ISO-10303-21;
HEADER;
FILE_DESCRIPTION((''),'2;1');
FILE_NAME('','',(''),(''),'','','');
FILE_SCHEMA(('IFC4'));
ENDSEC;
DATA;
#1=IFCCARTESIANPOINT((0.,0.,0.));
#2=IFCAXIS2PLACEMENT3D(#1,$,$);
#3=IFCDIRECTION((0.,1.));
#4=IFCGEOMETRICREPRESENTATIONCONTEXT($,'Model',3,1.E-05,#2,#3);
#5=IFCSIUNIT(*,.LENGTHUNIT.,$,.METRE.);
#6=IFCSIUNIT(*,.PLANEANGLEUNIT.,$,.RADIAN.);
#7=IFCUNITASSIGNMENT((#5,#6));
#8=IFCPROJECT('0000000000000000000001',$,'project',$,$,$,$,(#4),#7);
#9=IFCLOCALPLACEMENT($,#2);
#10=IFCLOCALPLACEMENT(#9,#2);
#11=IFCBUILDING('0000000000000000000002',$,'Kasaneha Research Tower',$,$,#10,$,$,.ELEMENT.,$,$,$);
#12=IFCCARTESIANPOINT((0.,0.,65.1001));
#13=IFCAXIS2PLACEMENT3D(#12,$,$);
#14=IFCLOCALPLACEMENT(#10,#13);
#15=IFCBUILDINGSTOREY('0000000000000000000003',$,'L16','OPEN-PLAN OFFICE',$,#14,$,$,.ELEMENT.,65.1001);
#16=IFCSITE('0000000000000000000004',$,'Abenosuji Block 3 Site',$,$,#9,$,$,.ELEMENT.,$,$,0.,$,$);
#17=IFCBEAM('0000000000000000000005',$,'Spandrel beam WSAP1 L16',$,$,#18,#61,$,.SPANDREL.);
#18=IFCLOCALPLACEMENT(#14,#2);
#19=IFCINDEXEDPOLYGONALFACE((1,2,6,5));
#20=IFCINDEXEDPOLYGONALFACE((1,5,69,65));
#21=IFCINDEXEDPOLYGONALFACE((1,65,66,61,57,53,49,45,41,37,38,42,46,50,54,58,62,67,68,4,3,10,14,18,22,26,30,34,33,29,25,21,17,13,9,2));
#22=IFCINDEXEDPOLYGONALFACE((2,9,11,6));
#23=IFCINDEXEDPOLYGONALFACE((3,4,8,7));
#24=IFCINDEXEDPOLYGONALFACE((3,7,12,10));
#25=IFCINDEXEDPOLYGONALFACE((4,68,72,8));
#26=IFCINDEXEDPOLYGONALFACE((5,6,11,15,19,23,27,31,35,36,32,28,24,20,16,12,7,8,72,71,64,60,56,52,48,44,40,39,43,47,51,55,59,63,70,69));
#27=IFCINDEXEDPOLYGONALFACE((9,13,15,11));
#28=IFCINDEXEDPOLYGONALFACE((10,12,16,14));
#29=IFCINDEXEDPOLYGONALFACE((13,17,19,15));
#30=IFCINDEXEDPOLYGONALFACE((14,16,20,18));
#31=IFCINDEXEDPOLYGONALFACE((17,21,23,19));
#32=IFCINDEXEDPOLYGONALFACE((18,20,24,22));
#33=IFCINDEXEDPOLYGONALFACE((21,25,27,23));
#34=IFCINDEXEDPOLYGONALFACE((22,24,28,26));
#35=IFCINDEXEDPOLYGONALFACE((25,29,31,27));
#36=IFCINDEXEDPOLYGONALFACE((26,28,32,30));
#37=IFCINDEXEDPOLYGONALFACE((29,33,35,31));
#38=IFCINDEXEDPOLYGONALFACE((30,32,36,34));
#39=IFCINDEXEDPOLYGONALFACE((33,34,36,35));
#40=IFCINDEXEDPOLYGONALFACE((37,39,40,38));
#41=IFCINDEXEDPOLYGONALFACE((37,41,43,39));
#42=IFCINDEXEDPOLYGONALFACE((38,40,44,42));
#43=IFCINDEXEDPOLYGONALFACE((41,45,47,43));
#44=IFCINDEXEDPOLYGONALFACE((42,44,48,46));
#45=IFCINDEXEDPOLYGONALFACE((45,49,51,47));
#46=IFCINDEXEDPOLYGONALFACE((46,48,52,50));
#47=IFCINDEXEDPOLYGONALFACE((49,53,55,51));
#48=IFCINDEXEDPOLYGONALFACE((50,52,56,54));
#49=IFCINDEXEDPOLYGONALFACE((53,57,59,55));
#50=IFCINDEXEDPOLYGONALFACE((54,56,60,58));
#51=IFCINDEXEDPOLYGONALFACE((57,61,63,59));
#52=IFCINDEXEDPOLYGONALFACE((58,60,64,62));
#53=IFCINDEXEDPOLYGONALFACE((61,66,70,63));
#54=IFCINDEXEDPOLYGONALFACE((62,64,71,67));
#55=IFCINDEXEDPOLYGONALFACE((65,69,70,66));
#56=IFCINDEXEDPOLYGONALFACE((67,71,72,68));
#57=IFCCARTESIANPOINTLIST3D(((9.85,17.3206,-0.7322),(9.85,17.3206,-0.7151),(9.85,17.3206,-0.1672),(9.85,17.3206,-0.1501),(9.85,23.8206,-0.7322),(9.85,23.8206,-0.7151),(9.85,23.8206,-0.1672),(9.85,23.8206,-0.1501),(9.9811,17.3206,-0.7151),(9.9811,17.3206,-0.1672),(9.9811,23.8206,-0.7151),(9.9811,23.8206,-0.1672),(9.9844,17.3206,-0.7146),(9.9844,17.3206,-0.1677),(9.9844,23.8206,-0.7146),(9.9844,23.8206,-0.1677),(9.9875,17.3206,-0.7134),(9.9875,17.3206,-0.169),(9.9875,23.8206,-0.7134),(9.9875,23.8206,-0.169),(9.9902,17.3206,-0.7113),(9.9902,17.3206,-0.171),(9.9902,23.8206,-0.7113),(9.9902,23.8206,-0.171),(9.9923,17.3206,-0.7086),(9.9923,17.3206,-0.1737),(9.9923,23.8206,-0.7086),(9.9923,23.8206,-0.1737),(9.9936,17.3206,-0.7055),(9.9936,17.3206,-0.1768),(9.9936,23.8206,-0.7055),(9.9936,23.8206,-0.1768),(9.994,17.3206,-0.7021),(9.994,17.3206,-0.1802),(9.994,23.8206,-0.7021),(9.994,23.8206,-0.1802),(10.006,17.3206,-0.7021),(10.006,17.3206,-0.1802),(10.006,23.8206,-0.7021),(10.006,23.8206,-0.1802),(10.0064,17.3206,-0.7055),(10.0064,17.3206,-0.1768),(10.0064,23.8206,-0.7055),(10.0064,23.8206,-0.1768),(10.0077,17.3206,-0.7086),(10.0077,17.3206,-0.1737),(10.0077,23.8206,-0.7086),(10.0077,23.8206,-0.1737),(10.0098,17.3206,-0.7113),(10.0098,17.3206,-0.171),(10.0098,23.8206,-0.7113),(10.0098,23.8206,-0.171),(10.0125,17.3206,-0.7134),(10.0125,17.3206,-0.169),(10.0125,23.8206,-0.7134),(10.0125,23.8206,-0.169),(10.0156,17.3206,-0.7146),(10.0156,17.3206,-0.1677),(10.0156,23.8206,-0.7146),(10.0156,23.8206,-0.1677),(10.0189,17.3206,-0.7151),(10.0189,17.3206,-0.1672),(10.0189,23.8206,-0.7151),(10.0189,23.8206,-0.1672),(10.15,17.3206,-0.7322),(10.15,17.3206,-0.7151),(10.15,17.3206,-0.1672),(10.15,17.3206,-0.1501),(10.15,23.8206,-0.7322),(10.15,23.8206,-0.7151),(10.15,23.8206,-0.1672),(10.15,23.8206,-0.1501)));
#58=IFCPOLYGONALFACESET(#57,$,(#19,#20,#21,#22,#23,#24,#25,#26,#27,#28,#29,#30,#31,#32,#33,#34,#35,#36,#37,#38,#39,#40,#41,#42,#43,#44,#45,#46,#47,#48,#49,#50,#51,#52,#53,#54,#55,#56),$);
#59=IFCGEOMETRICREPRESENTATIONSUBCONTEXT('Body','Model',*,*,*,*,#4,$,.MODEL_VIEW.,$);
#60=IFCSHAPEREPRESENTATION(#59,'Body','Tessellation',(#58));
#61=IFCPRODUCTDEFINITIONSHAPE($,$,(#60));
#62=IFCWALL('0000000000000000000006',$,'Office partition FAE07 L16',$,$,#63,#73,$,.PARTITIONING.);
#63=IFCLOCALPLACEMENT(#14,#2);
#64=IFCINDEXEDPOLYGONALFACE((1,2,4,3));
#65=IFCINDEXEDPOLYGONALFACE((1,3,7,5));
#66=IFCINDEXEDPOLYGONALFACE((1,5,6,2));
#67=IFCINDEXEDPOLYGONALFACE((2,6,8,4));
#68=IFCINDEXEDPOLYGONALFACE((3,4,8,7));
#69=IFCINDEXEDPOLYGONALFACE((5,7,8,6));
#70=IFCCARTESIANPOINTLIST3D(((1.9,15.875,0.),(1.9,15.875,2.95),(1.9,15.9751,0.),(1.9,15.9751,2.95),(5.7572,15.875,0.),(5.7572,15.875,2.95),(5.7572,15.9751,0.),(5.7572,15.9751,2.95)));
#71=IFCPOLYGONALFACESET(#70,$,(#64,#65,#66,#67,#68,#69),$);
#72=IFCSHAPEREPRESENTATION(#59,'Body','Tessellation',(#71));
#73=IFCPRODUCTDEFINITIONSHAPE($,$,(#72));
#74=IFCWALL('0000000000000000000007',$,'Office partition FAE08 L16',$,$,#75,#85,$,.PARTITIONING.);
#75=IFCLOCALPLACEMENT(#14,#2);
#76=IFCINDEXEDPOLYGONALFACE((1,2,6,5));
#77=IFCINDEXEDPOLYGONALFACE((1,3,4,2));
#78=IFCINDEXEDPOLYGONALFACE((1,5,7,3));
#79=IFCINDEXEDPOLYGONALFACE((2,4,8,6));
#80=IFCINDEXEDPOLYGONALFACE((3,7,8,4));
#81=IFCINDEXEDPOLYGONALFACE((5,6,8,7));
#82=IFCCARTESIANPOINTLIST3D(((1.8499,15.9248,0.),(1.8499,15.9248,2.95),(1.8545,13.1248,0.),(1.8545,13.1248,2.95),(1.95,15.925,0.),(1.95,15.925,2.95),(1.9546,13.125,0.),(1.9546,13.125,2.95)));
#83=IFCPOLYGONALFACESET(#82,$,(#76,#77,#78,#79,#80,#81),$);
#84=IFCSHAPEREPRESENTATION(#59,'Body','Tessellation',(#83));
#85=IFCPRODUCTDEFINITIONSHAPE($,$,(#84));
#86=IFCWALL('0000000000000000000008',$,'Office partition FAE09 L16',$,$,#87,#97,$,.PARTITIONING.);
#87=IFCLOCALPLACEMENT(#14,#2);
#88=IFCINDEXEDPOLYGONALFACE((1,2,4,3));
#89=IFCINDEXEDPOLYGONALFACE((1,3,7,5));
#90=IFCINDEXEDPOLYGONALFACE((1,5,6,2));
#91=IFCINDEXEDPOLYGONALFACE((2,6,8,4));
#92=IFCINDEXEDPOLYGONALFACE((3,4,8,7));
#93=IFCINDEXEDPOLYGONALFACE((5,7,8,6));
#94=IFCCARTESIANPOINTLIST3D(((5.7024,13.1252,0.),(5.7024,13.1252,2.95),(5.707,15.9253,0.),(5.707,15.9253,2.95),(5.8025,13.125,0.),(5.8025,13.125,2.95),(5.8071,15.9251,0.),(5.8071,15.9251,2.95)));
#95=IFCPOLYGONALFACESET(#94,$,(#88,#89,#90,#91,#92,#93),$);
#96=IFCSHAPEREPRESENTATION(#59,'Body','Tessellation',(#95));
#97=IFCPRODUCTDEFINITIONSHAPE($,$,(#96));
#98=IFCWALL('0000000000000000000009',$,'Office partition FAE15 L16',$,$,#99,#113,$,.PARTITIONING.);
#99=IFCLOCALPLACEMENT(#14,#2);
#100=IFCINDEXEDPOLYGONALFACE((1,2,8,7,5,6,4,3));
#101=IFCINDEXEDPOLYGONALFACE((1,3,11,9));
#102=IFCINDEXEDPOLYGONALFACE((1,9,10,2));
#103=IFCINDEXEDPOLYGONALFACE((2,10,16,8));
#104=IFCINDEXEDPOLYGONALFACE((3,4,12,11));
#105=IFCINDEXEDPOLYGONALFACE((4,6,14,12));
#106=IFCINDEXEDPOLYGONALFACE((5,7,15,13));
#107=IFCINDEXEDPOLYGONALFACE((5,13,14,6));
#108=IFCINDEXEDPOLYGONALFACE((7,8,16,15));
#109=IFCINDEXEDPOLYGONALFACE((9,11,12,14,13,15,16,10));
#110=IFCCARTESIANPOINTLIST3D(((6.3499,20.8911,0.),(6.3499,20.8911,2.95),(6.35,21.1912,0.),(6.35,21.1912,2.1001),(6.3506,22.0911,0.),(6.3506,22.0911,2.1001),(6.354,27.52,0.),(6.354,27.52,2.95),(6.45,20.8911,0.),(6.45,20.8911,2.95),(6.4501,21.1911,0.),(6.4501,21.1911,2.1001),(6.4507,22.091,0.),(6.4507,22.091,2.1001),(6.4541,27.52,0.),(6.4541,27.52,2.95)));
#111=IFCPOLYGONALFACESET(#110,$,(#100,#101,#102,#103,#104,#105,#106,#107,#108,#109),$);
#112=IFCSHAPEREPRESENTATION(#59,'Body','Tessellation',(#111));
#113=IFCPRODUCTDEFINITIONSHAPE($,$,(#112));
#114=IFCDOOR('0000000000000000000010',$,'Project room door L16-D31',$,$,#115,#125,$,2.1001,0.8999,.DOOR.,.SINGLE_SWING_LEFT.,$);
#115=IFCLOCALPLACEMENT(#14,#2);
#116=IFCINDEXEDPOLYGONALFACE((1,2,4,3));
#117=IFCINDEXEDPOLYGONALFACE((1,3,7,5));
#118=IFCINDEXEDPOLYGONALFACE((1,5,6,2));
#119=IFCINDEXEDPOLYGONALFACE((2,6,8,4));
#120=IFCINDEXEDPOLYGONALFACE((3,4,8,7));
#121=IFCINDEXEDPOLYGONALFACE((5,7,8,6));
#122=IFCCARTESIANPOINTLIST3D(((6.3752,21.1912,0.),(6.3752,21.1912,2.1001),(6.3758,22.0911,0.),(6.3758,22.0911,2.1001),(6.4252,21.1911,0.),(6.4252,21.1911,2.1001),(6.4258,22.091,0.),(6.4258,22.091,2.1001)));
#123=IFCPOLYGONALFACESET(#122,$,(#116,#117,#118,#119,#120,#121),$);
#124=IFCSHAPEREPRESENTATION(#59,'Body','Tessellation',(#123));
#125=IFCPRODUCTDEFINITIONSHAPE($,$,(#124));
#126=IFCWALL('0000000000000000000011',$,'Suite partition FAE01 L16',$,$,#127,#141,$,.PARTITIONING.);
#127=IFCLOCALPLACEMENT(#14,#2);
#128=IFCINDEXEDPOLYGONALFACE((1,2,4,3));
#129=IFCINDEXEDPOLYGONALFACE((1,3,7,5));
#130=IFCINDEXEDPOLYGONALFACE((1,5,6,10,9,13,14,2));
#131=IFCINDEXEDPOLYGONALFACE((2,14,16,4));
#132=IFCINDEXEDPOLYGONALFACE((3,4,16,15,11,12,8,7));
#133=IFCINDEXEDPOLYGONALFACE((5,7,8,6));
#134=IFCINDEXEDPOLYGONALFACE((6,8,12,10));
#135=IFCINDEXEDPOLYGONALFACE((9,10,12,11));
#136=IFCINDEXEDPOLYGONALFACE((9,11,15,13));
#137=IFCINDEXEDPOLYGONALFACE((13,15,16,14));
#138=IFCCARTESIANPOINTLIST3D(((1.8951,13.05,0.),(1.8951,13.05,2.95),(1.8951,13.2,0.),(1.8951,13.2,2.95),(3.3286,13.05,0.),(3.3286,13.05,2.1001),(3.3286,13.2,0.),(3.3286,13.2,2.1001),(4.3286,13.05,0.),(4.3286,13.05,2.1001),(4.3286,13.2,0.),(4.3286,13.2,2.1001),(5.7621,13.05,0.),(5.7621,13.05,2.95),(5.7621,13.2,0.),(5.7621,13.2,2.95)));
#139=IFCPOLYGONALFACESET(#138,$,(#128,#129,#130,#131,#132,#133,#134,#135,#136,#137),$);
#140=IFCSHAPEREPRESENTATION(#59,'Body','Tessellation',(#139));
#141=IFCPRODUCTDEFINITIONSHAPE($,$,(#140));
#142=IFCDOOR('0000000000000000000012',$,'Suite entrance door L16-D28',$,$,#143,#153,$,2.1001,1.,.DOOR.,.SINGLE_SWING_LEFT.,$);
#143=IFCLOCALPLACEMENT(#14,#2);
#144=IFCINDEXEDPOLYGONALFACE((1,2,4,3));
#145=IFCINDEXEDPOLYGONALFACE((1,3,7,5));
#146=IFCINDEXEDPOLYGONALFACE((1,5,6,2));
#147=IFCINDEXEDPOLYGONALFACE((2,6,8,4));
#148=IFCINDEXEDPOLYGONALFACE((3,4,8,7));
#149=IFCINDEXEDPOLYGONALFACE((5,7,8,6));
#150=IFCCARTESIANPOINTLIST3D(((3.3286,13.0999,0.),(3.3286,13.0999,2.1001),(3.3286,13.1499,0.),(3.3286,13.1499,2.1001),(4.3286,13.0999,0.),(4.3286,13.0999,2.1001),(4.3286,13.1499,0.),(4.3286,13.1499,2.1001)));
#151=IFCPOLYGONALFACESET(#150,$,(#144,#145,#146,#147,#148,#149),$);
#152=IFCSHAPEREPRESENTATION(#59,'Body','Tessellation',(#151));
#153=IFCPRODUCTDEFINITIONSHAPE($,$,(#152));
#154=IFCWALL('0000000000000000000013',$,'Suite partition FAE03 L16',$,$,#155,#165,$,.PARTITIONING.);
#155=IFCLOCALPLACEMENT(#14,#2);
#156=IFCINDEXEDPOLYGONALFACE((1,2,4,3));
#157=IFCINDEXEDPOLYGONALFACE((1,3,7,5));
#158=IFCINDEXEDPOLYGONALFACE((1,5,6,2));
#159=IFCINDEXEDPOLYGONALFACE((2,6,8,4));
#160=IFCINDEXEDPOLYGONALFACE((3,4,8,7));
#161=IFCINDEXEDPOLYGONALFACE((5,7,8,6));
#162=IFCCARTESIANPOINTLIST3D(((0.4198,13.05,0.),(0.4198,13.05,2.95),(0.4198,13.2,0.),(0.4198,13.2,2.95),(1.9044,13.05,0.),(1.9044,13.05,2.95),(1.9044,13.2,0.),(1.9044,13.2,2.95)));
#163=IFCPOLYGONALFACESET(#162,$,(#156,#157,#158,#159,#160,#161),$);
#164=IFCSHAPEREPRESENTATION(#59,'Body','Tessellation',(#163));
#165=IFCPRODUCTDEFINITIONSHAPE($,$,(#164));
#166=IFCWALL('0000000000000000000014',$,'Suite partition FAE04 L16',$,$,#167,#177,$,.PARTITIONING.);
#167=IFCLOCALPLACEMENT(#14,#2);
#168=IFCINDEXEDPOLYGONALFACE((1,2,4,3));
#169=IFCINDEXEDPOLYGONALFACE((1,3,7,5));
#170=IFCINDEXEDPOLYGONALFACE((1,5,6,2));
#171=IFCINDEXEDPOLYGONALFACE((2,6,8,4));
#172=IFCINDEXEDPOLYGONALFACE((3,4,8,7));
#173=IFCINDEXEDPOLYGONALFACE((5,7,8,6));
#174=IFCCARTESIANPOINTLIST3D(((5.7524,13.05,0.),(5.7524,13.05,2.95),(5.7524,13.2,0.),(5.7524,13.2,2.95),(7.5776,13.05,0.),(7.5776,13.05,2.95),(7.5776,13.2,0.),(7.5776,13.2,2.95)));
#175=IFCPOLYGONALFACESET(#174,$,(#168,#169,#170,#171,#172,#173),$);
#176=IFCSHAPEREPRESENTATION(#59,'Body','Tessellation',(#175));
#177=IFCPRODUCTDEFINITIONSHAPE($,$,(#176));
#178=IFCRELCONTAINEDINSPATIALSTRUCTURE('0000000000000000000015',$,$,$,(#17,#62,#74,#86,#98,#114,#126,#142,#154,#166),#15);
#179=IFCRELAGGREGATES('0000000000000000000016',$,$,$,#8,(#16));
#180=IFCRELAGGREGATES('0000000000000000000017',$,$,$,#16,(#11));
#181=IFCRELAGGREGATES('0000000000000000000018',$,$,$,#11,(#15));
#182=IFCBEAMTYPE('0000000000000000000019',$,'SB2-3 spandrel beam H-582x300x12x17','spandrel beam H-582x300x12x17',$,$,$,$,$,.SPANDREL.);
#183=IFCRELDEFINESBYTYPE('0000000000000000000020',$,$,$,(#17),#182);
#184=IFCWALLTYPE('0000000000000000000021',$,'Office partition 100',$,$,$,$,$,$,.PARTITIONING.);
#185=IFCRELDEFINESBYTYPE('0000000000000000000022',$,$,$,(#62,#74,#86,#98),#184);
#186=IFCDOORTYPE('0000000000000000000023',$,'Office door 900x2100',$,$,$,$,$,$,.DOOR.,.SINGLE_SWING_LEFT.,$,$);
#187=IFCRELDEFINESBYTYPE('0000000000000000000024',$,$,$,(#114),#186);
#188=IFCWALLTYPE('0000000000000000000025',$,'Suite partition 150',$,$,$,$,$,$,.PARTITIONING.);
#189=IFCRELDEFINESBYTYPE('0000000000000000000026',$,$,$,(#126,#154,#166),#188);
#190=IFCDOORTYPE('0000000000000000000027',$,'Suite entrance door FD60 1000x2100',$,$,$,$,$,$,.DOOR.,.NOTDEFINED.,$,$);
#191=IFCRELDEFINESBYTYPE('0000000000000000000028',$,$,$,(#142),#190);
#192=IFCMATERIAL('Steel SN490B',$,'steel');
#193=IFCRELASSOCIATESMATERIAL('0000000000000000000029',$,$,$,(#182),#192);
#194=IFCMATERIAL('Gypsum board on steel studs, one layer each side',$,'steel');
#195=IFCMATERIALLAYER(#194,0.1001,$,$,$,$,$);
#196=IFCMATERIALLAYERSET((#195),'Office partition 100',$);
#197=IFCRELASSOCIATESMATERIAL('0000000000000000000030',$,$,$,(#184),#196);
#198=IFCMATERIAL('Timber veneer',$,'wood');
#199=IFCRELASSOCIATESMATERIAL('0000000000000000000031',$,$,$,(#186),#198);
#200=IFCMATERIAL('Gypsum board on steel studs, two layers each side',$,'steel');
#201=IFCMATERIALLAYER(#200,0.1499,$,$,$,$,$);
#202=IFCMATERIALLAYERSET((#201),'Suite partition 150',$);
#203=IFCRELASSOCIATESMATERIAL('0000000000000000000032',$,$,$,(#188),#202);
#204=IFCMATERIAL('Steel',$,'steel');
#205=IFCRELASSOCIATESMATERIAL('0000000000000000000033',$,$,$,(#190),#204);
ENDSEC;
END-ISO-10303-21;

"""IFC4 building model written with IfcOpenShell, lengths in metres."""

from ifc_helpers import new_model, si_unit, direction, frame, frame_2d, origin, origin_2d, place, context, subcontext, project, spatial, rectangle, i_section, extrude, material, layer, layer_set, material_profile, profile_set, type_object, element, fill, save


model = new_model("IFC4")

# Units and contexts
model_context = context("Model", 3, precision=1e-05, world=origin(), true_north=direction((0.0, 1.0)))
body_context = subcontext(model_context, "Body", "Model", "MODEL_VIEW")
ifc_project = project(units=[si_unit("LENGTHUNIT", "METRE"), si_unit("PLANEANGLEUNIT", "RADIAN")], contexts=[model_context])

# Site, building, storey
site_placement = place(None, origin())
site = spatial("IfcSite", under=ifc_project, at=site_placement, Name="Abenosuji Block 3 Site", CompositionType="ELEMENT", RefElevation=0.0)
building_placement = place(site_placement, origin())
building = spatial("IfcBuilding", under=site, at=building_placement, Name="Kasaneha Research Tower", CompositionType="ELEMENT")
storey_placement = place(building_placement, frame((0.0, 0.0, 65.1001)))
storey = spatial("IfcBuildingStorey", under=building, at=storey_placement, Name="L16", Description="OPEN-PLAN OFFICE", CompositionType="ELEMENT", Elevation=65.1001)

# Beam
ifc_material_1 = material(Name="Steel SN490B", Category="steel")
ifc_material_profile_1 = material_profile(ifc_material_1, i_section(OverallWidth=0.3, OverallDepth=0.582, WebThickness=0.012, FlangeThickness=0.0171, FilletRadius=0.0129, at=origin_2d()), Name="H-582x300x12x17")
ifc_profile_set_1 = profile_set([ifc_material_profile_1], Name="Steel SN490B")
beam_type_1 = type_object("IfcBeamType", Name="SB2-3 spandrel beam H-582x300x12x17", Description="spandrel beam H-582x300x12x17", PredefinedType="SPANDREL", material=ifc_profile_set_1)
beam_1_placement = place(storey_placement, frame((10.0, 17.3206, -0.4412), z_axis=(0.0, 1.0, 0.0), x_axis=(-1.0, 0.0, 0.0)))
element("IfcBeam", 1, at=beam_1_placement, inside=storey, type_object=beam_type_1, Name="Spandrel beam WSAP1 L16", PredefinedType="SPANDREL", context=body_context, shape_type="SweptSolid", body=[
    extrude(i_section(OverallWidth=0.3, OverallDepth=0.582, WebThickness=0.012, FlangeThickness=0.0171, FilletRadius=0.0129, at=origin_2d()), origin(), (0.0, 0.0, 1.0), 6.5),
])

# Walls
ifc_material_2 = material(Name="Gypsum board on steel studs, one layer each side", Category="steel")
ifc_layer_1 = layer(ifc_material_2, 0.1001)
ifc_layer_set_1 = layer_set([ifc_layer_1], Name="Office partition 100")
wall_type_1 = type_object("IfcWallType", Name="Office partition 100", PredefinedType="PARTITIONING", material=ifc_layer_set_1)
wall_1_placement = place(storey_placement, frame((1.8999, 15.925, 0.0), z_axis=(0.0, 0.0, 1.0), x_axis=(1.0, 0.0, 0.0)))
element("IfcWall", 2, at=wall_1_placement, inside=storey, type_object=wall_type_1, Name="Office partition FAE07 L16", PredefinedType="PARTITIONING", context=body_context, shape_type="SweptSolid", body=[
    extrude(rectangle(XDim=3.8572, YDim=0.1001, at=frame_2d((1.9287, 0.0))), origin(), (0.0, 0.0, 1.0), 2.95),
])
for number, where, z_axis, x_axis, name in (
    (3, (1.9045, 13.125, 0.0), (0.0, 0.0, 1.0), (-0.001657, 0.999999, 0.0), "Office partition FAE08 L16"),
    (4, (5.7571, 15.925, 0.0), (0.0, 0.0, 1.0), (-0.001657, -0.999999, 0.0), "Office partition FAE09 L16"),
):
    element("IfcWall", number, at=place(storey_placement, frame(where, z_axis=z_axis, x_axis=x_axis)), inside=storey, type_object=wall_type_1, Name=name, PredefinedType="PARTITIONING", context=body_context, shape_type="SweptSolid", body=[
        extrude(rectangle(XDim=2.8, YDim=0.1001, at=frame_2d((1.3999, 0.0))), origin(), (0.0, 0.0, 1.0), 2.95),
    ])

# Walls, openings, doors
wall_2_placement = place(storey_placement, frame((6.3999, 20.8911, 0.0), z_axis=(0.0, 0.0, 1.0), x_axis=(0.000626, 1.0, 0.0)))
wall_2 = element("IfcWall", 5, at=wall_2_placement, inside=storey, type_object=wall_type_1, Name="Office partition FAE15 L16", PredefinedType="PARTITIONING", context=body_context, shape_type="SweptSolid", body=[
    extrude(rectangle(XDim=6.6289, YDim=0.1001, at=frame_2d((3.3145, 0.0))), origin(), (0.0, 0.0, 1.0), 2.95),
])
opening_1_placement = place(wall_2_placement, frame((0.3, 0.0, 0.0)))
opening_1 = element("IfcOpeningElement", 6, at=opening_1_placement, cuts=wall_2, PredefinedType="OPENING", context=body_context, shape_type="SweptSolid", body=[
    extrude(rectangle(XDim=0.8999, YDim=2.1001, at=frame_2d((0.45, 1.05))), frame((0.0, 0.0601, 0.0), z_axis=(0.0, -1.0, 0.0), x_axis=(1.0, 0.0, 0.0)), (0.0, 0.0, 1.0), 0.1201),
])
ifc_material_3 = material(Name="Timber veneer", Category="wood")
door_type_1 = type_object("IfcDoorType", Name="Office door 900x2100", OperationType="SINGLE_SWING_LEFT", PredefinedType="DOOR", material=ifc_material_3)
door_1_placement = place(opening_1_placement, origin())
door_1 = element("IfcDoor", 7, at=door_1_placement, inside=storey, type_object=door_type_1, Name="Project room door L16-D31", OperationType="SINGLE_SWING_LEFT", OverallHeight=2.1001, OverallWidth=0.8999, PredefinedType="DOOR", context=body_context, shape_type="SweptSolid", body=[
    extrude(rectangle(XDim=0.8999, YDim=2.1001, at=frame_2d((0.45, 1.05))), frame((0.0, 0.0249, 0.0), z_axis=(0.0, -1.0, 0.0), x_axis=(1.0, 0.0, 0.0)), (0.0, 0.0, 1.0), 0.05),
])
fill(opening_1, door_1)
ifc_material_4 = material(Name="Gypsum board on steel studs, two layers each side", Category="steel")
ifc_layer_2 = layer(ifc_material_4, 0.1499)
ifc_layer_set_2 = layer_set([ifc_layer_2], Name="Suite partition 150")
wall_type_2 = type_object("IfcWallType", Name="Suite partition 150", PredefinedType="PARTITIONING", material=ifc_layer_set_2)
wall_3_placement = place(storey_placement, frame((1.895, 13.125, 0.0), z_axis=(0.0, 0.0, 1.0), x_axis=(1.0, 0.0, 0.0)))
wall_3 = element("IfcWall", 8, at=wall_3_placement, inside=storey, type_object=wall_type_2, Name="Suite partition FAE01 L16", PredefinedType="PARTITIONING", context=body_context, shape_type="SweptSolid", body=[
    extrude(rectangle(XDim=3.8669, YDim=0.1499, at=frame_2d((1.9336, 0.0))), origin(), (0.0, 0.0, 1.0), 2.95),
])
opening_2_placement = place(wall_3_placement, frame((1.4336, 0.0, 0.0)))
opening_2 = element("IfcOpeningElement", 9, at=opening_2_placement, cuts=wall_3, PredefinedType="OPENING", context=body_context, shape_type="SweptSolid", body=[
    extrude(rectangle(XDim=1.0, YDim=2.1001, at=frame_2d((0.5, 1.05))), frame((0.0, 0.085, 0.0), z_axis=(0.0, -1.0, 0.0), x_axis=(1.0, 0.0, 0.0)), (0.0, 0.0, 1.0), 0.1699),
])
ifc_material_5 = material(Name="Steel", Category="steel")
door_type_2 = type_object("IfcDoorType", Name="Suite entrance door FD60 1000x2100", OperationType="NOTDEFINED", PredefinedType="DOOR", material=ifc_material_5)
door_2_placement = place(opening_2_placement, origin())
door_2 = element("IfcDoor", 10, at=door_2_placement, inside=storey, type_object=door_type_2, Name="Suite entrance door L16-D28", OperationType="SINGLE_SWING_LEFT", OverallHeight=2.1001, OverallWidth=1.0, PredefinedType="DOOR", context=body_context, shape_type="SweptSolid", body=[
    extrude(rectangle(XDim=1.0, YDim=2.1001, at=frame_2d((0.5, 1.05))), frame((0.0, 0.0249, 0.0), z_axis=(0.0, -1.0, 0.0), x_axis=(1.0, 0.0, 0.0)), (0.0, 0.0, 1.0), 0.05),
])
fill(opening_2, door_2)

# Walls
wall_4_placement = place(storey_placement, frame((0.4199, 13.125, 0.0), z_axis=(0.0, 0.0, 1.0), x_axis=(1.0, 0.0, 0.0)))
element("IfcWall", 11, at=wall_4_placement, inside=storey, type_object=wall_type_2, Name="Suite partition FAE03 L16", PredefinedType="PARTITIONING", context=body_context, shape_type="SweptSolid", body=[
    extrude(rectangle(XDim=1.4846, YDim=0.1499, at=frame_2d((0.7422, 0.0))), origin(), (0.0, 0.0, 1.0), 2.95),
])
wall_5_placement = place(storey_placement, frame((5.7524, 13.125, 0.0), z_axis=(0.0, 0.0, 1.0), x_axis=(1.0, 0.0, 0.0)))
element("IfcWall", 12, at=wall_5_placement, inside=storey, type_object=wall_type_2, Name="Suite partition FAE04 L16", PredefinedType="PARTITIONING", context=body_context, shape_type="SweptSolid", body=[
    extrude(rectangle(XDim=1.8252, YDim=0.1499, at=frame_2d((0.9126, 0.0))), origin(), (0.0, 0.0, 1.0), 2.95),
])

save(model, "model.ifc")
